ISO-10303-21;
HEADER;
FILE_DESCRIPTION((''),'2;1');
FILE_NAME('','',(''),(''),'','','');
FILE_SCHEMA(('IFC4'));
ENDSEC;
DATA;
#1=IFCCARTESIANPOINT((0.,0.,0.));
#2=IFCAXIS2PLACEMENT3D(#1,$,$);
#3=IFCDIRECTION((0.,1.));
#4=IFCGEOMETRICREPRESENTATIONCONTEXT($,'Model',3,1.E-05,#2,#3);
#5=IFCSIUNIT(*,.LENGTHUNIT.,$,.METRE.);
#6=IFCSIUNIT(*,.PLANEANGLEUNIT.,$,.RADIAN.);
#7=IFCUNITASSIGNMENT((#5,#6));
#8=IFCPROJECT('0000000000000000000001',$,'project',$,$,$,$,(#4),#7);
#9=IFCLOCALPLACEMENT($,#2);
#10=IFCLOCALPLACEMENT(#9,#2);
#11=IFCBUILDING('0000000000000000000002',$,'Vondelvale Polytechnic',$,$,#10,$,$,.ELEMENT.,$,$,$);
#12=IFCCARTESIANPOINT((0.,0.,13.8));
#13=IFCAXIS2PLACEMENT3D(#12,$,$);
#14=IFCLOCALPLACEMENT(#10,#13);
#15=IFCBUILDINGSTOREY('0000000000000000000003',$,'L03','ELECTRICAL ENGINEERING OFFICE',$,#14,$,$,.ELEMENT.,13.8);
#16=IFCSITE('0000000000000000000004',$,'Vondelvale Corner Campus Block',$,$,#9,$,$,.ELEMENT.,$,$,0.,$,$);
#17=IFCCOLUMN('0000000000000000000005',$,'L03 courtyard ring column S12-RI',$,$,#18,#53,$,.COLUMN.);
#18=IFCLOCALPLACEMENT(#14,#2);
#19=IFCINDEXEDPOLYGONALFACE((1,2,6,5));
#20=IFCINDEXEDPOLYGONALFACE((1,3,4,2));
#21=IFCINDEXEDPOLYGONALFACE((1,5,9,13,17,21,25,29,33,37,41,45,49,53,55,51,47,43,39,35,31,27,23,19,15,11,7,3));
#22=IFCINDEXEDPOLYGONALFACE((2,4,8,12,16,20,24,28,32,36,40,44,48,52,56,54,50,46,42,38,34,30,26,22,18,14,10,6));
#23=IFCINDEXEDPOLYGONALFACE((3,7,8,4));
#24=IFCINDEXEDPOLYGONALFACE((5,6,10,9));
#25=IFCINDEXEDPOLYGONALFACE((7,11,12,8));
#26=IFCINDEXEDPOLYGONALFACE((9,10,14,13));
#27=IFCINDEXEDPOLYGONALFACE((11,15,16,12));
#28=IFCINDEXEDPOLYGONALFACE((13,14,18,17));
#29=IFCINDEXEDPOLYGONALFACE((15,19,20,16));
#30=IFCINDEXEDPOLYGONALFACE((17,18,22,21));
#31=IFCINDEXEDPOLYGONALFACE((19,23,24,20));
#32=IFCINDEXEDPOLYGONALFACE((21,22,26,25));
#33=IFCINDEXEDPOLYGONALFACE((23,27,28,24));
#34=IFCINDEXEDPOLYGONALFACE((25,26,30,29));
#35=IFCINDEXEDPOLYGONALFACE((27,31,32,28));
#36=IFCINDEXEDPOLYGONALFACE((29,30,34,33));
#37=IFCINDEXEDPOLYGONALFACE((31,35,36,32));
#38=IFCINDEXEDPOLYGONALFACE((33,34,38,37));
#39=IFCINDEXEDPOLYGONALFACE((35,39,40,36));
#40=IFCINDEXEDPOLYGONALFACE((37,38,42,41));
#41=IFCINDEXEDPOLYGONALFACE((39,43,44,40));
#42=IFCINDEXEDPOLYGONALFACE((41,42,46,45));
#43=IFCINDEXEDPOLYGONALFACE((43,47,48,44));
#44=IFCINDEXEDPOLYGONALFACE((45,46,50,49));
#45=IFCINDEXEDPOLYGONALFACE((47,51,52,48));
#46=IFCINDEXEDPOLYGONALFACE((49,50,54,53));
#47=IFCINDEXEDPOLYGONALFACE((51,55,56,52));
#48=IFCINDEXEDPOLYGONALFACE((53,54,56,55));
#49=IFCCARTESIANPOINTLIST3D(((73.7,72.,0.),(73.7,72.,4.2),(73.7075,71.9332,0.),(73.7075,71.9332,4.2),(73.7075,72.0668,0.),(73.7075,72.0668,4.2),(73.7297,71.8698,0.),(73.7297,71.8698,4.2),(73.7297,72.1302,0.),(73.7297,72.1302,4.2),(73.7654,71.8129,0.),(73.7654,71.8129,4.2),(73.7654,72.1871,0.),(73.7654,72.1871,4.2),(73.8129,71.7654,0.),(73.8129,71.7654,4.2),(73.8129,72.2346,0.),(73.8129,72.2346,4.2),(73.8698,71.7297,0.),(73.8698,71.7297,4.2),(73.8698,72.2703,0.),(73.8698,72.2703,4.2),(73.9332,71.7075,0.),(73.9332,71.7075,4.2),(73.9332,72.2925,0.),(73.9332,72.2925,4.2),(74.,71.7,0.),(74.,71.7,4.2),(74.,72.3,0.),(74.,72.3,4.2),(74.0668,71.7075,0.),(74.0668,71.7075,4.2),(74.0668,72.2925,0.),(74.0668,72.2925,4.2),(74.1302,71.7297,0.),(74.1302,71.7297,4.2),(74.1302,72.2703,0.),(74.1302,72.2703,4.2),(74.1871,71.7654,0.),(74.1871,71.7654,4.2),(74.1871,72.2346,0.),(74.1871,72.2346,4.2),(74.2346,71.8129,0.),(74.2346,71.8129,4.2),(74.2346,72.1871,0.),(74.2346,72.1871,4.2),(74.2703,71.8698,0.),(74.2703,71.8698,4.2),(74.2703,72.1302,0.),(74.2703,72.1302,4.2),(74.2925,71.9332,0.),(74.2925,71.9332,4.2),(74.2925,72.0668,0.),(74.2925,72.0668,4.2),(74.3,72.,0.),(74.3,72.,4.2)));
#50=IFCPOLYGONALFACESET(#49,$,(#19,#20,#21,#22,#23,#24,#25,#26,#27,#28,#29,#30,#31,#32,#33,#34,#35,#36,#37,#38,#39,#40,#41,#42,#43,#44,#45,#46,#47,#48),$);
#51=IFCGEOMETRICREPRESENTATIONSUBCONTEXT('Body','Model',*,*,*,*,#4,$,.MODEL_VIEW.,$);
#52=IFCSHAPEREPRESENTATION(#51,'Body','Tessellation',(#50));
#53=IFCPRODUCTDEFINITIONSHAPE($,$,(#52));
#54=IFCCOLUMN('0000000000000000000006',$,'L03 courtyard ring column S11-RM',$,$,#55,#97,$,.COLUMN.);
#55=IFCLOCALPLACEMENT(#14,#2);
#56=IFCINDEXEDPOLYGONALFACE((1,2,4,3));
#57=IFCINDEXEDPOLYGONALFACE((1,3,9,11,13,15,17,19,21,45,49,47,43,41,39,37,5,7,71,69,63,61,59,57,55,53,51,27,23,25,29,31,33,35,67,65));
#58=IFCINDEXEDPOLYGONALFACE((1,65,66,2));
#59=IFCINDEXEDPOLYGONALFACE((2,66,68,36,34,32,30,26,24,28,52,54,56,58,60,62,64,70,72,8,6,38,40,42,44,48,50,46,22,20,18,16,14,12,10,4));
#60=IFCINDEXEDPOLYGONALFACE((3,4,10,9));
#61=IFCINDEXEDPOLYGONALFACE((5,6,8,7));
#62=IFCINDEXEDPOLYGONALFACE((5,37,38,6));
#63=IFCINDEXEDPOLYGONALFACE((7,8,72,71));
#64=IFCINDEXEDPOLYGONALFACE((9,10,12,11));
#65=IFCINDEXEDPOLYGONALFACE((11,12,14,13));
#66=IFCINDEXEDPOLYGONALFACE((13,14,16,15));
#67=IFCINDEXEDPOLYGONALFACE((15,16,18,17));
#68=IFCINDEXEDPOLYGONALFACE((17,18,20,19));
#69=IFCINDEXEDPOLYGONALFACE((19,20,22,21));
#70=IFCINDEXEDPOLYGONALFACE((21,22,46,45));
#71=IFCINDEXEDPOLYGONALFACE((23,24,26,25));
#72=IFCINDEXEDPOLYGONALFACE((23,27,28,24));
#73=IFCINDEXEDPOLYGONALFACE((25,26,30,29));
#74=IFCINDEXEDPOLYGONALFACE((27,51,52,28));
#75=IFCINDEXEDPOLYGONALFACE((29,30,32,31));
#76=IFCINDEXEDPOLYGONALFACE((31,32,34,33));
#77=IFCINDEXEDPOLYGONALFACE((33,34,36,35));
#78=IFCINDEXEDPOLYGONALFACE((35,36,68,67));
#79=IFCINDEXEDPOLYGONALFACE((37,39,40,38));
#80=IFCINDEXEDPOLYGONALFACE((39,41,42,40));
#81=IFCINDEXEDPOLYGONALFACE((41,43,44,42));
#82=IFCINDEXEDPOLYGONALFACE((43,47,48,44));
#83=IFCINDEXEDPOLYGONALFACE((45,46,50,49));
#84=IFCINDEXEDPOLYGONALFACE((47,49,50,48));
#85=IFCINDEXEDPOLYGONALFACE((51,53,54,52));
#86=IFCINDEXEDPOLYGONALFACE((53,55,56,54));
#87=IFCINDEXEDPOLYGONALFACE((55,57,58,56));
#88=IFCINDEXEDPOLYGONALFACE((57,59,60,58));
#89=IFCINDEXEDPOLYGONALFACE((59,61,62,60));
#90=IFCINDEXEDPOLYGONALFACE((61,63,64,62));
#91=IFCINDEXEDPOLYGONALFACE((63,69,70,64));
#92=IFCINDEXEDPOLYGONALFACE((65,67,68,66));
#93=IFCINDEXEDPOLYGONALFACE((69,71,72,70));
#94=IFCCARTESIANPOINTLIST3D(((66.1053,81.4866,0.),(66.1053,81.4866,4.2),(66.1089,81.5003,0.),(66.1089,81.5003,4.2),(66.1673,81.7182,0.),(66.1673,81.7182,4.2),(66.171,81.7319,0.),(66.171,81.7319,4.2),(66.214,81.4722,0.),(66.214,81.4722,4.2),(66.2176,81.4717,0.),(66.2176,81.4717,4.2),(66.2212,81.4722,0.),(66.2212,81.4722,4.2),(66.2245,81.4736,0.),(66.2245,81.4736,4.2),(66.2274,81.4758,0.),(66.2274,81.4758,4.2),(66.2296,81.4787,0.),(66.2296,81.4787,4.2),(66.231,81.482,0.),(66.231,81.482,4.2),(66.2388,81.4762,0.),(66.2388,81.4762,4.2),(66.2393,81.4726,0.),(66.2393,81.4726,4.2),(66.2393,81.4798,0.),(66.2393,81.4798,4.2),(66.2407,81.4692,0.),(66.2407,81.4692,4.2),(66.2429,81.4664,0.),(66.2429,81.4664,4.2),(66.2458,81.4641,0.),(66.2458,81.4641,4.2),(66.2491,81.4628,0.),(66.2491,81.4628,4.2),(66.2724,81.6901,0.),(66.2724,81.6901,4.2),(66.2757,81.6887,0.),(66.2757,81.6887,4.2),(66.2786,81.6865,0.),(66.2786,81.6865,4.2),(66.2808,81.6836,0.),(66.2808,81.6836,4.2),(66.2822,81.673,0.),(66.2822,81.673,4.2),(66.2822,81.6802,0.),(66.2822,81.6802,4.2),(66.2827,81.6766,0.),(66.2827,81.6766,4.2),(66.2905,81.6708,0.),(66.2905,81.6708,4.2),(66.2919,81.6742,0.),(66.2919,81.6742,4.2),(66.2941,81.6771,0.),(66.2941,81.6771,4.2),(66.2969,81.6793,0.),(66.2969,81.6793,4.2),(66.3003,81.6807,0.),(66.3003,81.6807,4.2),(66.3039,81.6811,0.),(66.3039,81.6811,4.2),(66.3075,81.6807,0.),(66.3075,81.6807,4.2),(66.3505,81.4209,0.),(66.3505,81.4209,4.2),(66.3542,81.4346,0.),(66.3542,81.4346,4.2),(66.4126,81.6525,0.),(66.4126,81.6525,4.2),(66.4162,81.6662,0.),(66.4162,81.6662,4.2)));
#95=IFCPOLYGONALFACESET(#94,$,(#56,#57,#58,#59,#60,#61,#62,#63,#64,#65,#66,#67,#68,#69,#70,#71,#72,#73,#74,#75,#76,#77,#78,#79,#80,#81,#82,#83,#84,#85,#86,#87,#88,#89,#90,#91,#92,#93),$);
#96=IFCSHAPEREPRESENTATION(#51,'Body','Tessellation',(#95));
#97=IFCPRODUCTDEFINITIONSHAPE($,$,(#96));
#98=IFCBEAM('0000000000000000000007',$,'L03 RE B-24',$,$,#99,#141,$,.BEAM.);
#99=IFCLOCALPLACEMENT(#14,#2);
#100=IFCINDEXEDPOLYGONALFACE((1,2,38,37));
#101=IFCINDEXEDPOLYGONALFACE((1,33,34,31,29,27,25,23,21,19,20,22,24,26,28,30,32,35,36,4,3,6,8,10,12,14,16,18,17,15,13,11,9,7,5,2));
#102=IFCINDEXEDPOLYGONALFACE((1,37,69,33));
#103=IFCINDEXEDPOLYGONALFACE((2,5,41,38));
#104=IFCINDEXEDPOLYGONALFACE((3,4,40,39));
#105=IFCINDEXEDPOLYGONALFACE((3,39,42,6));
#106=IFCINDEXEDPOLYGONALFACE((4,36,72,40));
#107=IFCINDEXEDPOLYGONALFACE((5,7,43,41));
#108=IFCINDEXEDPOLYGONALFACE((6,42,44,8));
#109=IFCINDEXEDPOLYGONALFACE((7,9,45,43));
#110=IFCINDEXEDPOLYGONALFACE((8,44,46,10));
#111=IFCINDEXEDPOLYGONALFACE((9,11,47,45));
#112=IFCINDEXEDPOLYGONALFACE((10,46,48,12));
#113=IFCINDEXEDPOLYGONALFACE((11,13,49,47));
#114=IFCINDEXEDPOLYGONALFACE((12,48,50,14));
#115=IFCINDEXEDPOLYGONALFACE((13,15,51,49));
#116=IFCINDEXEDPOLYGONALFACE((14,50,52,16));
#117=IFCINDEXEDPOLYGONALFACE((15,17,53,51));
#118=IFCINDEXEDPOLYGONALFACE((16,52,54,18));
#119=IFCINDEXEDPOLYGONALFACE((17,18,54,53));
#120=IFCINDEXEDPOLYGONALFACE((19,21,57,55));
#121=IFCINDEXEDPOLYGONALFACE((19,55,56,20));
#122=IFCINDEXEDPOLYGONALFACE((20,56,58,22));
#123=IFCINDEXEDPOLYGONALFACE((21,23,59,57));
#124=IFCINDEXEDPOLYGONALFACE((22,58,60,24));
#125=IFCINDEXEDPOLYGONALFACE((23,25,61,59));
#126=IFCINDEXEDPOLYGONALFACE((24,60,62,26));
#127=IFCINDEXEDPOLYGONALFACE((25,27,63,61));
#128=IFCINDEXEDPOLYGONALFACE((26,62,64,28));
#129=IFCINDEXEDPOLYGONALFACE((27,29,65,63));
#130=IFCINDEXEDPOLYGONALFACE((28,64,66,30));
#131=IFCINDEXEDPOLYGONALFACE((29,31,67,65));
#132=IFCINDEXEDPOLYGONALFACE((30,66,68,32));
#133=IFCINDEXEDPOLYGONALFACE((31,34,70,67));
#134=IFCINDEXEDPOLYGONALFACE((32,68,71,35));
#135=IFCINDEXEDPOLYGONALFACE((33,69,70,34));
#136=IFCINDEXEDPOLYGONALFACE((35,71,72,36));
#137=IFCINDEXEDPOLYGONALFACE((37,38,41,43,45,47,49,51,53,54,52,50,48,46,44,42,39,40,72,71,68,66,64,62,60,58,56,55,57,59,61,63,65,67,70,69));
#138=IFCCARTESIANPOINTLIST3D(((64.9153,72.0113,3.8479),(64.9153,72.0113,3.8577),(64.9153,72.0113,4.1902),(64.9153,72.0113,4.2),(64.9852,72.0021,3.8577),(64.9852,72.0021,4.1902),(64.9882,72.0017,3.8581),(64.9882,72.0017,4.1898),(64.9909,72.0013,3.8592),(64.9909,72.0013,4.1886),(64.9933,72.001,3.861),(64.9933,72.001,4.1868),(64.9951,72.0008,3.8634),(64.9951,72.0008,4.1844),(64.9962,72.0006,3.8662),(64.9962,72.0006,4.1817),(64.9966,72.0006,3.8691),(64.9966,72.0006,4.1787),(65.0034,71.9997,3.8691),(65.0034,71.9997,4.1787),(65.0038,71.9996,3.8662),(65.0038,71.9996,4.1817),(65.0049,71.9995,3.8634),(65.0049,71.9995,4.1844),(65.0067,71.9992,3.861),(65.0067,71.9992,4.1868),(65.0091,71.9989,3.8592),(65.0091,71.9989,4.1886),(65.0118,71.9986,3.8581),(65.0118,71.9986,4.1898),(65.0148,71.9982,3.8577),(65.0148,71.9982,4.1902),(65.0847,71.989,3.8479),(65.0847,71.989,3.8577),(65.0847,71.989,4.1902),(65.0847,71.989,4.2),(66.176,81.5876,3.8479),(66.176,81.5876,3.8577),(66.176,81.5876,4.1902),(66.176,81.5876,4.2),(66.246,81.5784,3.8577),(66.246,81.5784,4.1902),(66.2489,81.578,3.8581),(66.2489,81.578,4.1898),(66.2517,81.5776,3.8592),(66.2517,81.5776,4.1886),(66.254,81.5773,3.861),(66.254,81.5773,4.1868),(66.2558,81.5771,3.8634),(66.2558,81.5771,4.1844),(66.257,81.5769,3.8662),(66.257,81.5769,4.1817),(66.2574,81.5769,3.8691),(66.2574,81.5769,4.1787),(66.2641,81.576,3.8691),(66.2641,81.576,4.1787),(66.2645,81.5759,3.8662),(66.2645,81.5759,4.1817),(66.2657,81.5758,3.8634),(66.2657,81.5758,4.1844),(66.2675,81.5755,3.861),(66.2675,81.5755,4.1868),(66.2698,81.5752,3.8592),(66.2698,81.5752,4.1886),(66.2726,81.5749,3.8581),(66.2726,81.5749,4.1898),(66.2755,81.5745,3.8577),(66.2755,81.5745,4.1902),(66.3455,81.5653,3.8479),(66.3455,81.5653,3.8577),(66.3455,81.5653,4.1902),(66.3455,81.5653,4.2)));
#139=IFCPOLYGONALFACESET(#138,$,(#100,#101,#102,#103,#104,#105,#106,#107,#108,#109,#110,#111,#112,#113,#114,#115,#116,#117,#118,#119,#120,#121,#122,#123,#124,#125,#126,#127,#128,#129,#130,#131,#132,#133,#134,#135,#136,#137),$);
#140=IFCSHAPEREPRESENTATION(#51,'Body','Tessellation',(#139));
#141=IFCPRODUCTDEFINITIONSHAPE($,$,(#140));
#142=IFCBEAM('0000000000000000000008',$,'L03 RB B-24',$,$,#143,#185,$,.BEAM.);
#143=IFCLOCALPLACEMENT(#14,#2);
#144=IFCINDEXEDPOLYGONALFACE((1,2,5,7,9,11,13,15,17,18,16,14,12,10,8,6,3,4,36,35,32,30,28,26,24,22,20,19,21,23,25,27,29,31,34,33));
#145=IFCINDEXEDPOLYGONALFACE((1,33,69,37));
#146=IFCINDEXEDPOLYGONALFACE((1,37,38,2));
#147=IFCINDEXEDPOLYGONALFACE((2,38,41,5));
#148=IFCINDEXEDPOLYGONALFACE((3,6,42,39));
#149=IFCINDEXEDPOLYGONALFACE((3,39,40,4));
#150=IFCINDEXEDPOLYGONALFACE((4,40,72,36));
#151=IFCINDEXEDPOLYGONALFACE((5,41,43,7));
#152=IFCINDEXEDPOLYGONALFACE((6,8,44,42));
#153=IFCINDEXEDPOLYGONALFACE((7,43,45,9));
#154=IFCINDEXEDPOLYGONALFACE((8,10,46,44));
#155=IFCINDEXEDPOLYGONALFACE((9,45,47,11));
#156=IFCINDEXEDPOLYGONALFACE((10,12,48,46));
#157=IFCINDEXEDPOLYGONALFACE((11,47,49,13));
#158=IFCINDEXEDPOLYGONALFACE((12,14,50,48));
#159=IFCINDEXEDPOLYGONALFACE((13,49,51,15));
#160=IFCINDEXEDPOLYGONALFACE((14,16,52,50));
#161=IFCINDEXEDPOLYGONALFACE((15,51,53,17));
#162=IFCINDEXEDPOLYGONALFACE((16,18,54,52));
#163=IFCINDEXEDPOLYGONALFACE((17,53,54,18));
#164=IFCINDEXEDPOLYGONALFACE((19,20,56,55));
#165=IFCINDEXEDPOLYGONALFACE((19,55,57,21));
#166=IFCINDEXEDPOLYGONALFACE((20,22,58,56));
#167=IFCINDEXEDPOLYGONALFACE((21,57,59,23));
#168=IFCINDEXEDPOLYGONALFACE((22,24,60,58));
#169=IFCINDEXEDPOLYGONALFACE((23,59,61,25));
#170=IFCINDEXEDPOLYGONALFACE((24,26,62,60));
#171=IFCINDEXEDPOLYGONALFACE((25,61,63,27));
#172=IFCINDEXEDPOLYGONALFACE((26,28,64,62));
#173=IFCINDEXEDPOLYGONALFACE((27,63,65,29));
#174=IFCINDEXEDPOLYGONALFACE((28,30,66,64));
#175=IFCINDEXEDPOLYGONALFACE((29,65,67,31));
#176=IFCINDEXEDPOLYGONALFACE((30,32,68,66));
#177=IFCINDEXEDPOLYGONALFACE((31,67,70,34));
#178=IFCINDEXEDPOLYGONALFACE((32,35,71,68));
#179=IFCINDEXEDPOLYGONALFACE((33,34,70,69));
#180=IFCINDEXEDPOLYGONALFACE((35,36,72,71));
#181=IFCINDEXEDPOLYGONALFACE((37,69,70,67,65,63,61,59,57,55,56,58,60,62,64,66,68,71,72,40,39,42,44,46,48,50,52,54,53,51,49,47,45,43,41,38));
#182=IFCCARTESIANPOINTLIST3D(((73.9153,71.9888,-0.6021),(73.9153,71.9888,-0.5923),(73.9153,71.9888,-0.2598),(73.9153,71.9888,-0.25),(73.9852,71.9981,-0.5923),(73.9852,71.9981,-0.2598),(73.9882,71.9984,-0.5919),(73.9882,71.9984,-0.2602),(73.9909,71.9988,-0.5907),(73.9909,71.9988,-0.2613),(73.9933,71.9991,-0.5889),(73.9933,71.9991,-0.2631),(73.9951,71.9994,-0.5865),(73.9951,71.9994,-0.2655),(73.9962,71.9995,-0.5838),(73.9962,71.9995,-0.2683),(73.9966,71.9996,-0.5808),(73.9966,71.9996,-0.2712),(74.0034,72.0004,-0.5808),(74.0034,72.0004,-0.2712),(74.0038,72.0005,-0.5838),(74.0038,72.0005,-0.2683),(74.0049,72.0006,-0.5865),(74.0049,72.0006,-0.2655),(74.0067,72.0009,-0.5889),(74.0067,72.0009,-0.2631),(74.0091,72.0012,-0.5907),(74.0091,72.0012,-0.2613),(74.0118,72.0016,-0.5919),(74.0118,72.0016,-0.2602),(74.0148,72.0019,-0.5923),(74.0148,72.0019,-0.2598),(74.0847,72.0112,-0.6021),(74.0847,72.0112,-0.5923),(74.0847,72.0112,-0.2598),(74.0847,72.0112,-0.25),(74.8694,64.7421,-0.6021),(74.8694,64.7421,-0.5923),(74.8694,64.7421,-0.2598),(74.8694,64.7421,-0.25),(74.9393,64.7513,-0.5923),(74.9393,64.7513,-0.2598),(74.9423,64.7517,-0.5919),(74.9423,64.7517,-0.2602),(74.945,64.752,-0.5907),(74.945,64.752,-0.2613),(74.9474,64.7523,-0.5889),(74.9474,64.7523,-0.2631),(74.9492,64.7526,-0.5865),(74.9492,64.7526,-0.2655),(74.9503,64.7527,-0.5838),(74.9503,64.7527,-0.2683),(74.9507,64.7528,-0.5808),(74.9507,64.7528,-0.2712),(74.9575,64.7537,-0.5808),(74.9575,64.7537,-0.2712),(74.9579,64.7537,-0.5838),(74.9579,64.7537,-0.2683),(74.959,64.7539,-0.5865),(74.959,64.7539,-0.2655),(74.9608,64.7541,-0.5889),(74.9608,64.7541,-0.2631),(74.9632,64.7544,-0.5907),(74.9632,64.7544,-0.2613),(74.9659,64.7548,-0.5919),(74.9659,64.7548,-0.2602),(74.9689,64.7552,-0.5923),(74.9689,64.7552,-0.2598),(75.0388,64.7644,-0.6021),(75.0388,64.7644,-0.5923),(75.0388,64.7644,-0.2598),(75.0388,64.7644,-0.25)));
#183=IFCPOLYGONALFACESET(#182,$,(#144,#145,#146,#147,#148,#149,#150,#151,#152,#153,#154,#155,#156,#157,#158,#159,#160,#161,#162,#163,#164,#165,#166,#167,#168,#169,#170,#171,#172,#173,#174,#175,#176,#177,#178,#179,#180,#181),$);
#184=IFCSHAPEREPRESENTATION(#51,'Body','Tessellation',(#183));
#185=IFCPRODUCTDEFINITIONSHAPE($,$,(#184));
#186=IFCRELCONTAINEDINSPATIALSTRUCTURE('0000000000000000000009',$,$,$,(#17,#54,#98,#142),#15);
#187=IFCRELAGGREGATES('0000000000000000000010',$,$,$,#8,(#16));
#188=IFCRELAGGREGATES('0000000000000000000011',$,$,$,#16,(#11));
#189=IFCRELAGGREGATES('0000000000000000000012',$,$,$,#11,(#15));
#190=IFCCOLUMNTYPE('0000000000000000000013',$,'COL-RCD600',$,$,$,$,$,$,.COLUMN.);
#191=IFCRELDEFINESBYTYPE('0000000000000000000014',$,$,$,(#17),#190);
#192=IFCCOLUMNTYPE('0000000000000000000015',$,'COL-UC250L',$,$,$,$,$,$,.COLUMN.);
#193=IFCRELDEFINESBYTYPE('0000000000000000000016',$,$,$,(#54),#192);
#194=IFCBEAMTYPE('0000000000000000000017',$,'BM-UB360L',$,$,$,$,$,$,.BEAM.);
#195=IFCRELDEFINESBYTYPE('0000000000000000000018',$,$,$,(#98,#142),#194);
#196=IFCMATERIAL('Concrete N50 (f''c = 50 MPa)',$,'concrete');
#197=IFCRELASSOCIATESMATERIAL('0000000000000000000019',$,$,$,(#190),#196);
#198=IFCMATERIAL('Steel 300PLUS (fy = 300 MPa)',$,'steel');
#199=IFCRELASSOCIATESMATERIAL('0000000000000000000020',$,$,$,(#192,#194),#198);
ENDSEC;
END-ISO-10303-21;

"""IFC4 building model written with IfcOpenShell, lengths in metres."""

from ifc_helpers import new_model, si_unit, direction, frame, origin, origin_2d, place, context, subcontext, project, spatial, circle, i_section, extrude, material, material_profile, profile_set, type_object, element, save


model = new_model("IFC4")

# Units and contexts
model_context = context("Model", 3, precision=1e-05, world=origin(), true_north=direction((0.0, 1.0)))
body_context = subcontext(model_context, "Body", "Model", "MODEL_VIEW")
ifc_project = project(units=[si_unit("LENGTHUNIT", "METRE"), si_unit("PLANEANGLEUNIT", "RADIAN")], contexts=[model_context])

# Site, building, storey
site_placement = place(None, origin())
site = spatial("IfcSite", under=ifc_project, at=site_placement, Name="Vondelvale Corner Campus Block", CompositionType="ELEMENT", RefElevation=0.0)
building_placement = place(site_placement, origin())
building = spatial("IfcBuilding", under=site, at=building_placement, Name="Vondelvale Polytechnic", CompositionType="ELEMENT")
storey_placement = place(building_placement, frame((0.0, 0.0, 13.8)))
storey = spatial("IfcBuildingStorey", under=building, at=storey_placement, Name="L03", Description="ELECTRICAL ENGINEERING OFFICE", CompositionType="ELEMENT", Elevation=13.8)

# Columns
ifc_material_1 = material(Name="Concrete N50 (f'c = 50 MPa)", Category="concrete")
ifc_material_profile_1 = material_profile(ifc_material_1, circle(Radius=0.3, at=origin_2d()), Name="RC-COL-D600")
ifc_profile_set_1 = profile_set([ifc_material_profile_1], Name="Concrete N50 (f'c = 50 MPa)")
column_type_1 = type_object("IfcColumnType", Name="COL-RCD600", PredefinedType="COLUMN", material=ifc_profile_set_1)
column_1_placement = place(storey_placement, frame((74.0, 72.0, 0.0), z_axis=(0.0, 0.0, 1.0), x_axis=(1.0, 0.0, 0.0)))
element("IfcColumn", 1, at=column_1_placement, inside=storey, type_object=column_type_1, Name="L03 courtyard ring column S12-RI", PredefinedType="COLUMN", context=body_context, shape_type="SweptSolid", body=[
    extrude(circle(Radius=0.3, at=origin_2d()), origin(), (0.0, 0.0, 1.0), 4.2),
])
ifc_material_2 = material(Name="Steel 300PLUS (fy = 300 MPa)", Category="steel")
ifc_material_profile_2 = material_profile(ifc_material_2, i_section(OverallWidth=0.2539, OverallDepth=0.2539, WebThickness=0.0085, FlangeThickness=0.0142, FilletRadius=0.0139, at=origin_2d()), Name="250UC72.9")
ifc_profile_set_2 = profile_set([ifc_material_profile_2], Name="Steel 300PLUS (fy = 300 MPa)")
column_type_2 = type_object("IfcColumnType", Name="COL-UC250L", PredefinedType="COLUMN", material=ifc_profile_set_2)
column_2_placement = place(storey_placement, frame((66.2607, 81.5764, 0.0), z_axis=(0.0, 0.0, 1.0), x_axis=(-0.965926, 0.258819, 0.0)))
element("IfcColumn", 2, at=column_2_placement, inside=storey, type_object=column_type_2, Name="L03 courtyard ring column S11-RM", PredefinedType="COLUMN", context=body_context, shape_type="SweptSolid", body=[
    extrude(i_section(OverallWidth=0.2539, OverallDepth=0.2539, WebThickness=0.0085, FlangeThickness=0.0142, FilletRadius=0.0139, at=origin_2d()), origin(), (0.0, 0.0, 1.0), 4.2),
])

# Beams
ifc_material_profile_3 = material_profile(ifc_material_2, i_section(OverallWidth=0.1709, OverallDepth=0.3521, WebThickness=0.0068, FlangeThickness=0.0098, FilletRadius=0.0115, at=origin_2d()), Name="360UB44.7")
ifc_profile_set_3 = profile_set([ifc_material_profile_3], Name="Steel 300PLUS (fy = 300 MPa)")
beam_type_1 = type_object("IfcBeamType", Name="BM-UB360L", PredefinedType="BEAM", material=ifc_profile_set_3)
beam_1_placement = place(storey_placement, frame((66.2607, 81.5764, 4.0239), z_axis=(-0.130524, -0.991445, 0.0), x_axis=(0.991445, -0.130524, 0.0)))
element("IfcBeam", 3, at=beam_1_placement, inside=storey, type_object=beam_type_1, Name="L03 RE B-24", PredefinedType="BEAM", context=body_context, shape_type="SweptSolid", body=[
    extrude(i_section(OverallWidth=0.1709, OverallDepth=0.3521, WebThickness=0.0068, FlangeThickness=0.0098, FilletRadius=0.0115, at=origin_2d()), origin(), (0.0, 0.0, 1.0), 9.6589),
])
beam_2_placement = place(storey_placement, frame((74.0, 72.0, -0.426), z_axis=(0.130531, -0.991444, 0.0), x_axis=(0.991444, 0.130531, 0.0)))
element("IfcBeam", 4, at=beam_2_placement, inside=storey, type_object=beam_type_1, Name="L03 RB B-24", PredefinedType="BEAM", context=body_context, shape_type="SweptSolid", body=[
    extrude(i_section(OverallWidth=0.1709, OverallDepth=0.3521, WebThickness=0.0068, FlangeThickness=0.0098, FilletRadius=0.0115, at=origin_2d()), origin(), (0.0, 0.0, 1.0), 7.3093),
])

save(model, "model.ifc")
